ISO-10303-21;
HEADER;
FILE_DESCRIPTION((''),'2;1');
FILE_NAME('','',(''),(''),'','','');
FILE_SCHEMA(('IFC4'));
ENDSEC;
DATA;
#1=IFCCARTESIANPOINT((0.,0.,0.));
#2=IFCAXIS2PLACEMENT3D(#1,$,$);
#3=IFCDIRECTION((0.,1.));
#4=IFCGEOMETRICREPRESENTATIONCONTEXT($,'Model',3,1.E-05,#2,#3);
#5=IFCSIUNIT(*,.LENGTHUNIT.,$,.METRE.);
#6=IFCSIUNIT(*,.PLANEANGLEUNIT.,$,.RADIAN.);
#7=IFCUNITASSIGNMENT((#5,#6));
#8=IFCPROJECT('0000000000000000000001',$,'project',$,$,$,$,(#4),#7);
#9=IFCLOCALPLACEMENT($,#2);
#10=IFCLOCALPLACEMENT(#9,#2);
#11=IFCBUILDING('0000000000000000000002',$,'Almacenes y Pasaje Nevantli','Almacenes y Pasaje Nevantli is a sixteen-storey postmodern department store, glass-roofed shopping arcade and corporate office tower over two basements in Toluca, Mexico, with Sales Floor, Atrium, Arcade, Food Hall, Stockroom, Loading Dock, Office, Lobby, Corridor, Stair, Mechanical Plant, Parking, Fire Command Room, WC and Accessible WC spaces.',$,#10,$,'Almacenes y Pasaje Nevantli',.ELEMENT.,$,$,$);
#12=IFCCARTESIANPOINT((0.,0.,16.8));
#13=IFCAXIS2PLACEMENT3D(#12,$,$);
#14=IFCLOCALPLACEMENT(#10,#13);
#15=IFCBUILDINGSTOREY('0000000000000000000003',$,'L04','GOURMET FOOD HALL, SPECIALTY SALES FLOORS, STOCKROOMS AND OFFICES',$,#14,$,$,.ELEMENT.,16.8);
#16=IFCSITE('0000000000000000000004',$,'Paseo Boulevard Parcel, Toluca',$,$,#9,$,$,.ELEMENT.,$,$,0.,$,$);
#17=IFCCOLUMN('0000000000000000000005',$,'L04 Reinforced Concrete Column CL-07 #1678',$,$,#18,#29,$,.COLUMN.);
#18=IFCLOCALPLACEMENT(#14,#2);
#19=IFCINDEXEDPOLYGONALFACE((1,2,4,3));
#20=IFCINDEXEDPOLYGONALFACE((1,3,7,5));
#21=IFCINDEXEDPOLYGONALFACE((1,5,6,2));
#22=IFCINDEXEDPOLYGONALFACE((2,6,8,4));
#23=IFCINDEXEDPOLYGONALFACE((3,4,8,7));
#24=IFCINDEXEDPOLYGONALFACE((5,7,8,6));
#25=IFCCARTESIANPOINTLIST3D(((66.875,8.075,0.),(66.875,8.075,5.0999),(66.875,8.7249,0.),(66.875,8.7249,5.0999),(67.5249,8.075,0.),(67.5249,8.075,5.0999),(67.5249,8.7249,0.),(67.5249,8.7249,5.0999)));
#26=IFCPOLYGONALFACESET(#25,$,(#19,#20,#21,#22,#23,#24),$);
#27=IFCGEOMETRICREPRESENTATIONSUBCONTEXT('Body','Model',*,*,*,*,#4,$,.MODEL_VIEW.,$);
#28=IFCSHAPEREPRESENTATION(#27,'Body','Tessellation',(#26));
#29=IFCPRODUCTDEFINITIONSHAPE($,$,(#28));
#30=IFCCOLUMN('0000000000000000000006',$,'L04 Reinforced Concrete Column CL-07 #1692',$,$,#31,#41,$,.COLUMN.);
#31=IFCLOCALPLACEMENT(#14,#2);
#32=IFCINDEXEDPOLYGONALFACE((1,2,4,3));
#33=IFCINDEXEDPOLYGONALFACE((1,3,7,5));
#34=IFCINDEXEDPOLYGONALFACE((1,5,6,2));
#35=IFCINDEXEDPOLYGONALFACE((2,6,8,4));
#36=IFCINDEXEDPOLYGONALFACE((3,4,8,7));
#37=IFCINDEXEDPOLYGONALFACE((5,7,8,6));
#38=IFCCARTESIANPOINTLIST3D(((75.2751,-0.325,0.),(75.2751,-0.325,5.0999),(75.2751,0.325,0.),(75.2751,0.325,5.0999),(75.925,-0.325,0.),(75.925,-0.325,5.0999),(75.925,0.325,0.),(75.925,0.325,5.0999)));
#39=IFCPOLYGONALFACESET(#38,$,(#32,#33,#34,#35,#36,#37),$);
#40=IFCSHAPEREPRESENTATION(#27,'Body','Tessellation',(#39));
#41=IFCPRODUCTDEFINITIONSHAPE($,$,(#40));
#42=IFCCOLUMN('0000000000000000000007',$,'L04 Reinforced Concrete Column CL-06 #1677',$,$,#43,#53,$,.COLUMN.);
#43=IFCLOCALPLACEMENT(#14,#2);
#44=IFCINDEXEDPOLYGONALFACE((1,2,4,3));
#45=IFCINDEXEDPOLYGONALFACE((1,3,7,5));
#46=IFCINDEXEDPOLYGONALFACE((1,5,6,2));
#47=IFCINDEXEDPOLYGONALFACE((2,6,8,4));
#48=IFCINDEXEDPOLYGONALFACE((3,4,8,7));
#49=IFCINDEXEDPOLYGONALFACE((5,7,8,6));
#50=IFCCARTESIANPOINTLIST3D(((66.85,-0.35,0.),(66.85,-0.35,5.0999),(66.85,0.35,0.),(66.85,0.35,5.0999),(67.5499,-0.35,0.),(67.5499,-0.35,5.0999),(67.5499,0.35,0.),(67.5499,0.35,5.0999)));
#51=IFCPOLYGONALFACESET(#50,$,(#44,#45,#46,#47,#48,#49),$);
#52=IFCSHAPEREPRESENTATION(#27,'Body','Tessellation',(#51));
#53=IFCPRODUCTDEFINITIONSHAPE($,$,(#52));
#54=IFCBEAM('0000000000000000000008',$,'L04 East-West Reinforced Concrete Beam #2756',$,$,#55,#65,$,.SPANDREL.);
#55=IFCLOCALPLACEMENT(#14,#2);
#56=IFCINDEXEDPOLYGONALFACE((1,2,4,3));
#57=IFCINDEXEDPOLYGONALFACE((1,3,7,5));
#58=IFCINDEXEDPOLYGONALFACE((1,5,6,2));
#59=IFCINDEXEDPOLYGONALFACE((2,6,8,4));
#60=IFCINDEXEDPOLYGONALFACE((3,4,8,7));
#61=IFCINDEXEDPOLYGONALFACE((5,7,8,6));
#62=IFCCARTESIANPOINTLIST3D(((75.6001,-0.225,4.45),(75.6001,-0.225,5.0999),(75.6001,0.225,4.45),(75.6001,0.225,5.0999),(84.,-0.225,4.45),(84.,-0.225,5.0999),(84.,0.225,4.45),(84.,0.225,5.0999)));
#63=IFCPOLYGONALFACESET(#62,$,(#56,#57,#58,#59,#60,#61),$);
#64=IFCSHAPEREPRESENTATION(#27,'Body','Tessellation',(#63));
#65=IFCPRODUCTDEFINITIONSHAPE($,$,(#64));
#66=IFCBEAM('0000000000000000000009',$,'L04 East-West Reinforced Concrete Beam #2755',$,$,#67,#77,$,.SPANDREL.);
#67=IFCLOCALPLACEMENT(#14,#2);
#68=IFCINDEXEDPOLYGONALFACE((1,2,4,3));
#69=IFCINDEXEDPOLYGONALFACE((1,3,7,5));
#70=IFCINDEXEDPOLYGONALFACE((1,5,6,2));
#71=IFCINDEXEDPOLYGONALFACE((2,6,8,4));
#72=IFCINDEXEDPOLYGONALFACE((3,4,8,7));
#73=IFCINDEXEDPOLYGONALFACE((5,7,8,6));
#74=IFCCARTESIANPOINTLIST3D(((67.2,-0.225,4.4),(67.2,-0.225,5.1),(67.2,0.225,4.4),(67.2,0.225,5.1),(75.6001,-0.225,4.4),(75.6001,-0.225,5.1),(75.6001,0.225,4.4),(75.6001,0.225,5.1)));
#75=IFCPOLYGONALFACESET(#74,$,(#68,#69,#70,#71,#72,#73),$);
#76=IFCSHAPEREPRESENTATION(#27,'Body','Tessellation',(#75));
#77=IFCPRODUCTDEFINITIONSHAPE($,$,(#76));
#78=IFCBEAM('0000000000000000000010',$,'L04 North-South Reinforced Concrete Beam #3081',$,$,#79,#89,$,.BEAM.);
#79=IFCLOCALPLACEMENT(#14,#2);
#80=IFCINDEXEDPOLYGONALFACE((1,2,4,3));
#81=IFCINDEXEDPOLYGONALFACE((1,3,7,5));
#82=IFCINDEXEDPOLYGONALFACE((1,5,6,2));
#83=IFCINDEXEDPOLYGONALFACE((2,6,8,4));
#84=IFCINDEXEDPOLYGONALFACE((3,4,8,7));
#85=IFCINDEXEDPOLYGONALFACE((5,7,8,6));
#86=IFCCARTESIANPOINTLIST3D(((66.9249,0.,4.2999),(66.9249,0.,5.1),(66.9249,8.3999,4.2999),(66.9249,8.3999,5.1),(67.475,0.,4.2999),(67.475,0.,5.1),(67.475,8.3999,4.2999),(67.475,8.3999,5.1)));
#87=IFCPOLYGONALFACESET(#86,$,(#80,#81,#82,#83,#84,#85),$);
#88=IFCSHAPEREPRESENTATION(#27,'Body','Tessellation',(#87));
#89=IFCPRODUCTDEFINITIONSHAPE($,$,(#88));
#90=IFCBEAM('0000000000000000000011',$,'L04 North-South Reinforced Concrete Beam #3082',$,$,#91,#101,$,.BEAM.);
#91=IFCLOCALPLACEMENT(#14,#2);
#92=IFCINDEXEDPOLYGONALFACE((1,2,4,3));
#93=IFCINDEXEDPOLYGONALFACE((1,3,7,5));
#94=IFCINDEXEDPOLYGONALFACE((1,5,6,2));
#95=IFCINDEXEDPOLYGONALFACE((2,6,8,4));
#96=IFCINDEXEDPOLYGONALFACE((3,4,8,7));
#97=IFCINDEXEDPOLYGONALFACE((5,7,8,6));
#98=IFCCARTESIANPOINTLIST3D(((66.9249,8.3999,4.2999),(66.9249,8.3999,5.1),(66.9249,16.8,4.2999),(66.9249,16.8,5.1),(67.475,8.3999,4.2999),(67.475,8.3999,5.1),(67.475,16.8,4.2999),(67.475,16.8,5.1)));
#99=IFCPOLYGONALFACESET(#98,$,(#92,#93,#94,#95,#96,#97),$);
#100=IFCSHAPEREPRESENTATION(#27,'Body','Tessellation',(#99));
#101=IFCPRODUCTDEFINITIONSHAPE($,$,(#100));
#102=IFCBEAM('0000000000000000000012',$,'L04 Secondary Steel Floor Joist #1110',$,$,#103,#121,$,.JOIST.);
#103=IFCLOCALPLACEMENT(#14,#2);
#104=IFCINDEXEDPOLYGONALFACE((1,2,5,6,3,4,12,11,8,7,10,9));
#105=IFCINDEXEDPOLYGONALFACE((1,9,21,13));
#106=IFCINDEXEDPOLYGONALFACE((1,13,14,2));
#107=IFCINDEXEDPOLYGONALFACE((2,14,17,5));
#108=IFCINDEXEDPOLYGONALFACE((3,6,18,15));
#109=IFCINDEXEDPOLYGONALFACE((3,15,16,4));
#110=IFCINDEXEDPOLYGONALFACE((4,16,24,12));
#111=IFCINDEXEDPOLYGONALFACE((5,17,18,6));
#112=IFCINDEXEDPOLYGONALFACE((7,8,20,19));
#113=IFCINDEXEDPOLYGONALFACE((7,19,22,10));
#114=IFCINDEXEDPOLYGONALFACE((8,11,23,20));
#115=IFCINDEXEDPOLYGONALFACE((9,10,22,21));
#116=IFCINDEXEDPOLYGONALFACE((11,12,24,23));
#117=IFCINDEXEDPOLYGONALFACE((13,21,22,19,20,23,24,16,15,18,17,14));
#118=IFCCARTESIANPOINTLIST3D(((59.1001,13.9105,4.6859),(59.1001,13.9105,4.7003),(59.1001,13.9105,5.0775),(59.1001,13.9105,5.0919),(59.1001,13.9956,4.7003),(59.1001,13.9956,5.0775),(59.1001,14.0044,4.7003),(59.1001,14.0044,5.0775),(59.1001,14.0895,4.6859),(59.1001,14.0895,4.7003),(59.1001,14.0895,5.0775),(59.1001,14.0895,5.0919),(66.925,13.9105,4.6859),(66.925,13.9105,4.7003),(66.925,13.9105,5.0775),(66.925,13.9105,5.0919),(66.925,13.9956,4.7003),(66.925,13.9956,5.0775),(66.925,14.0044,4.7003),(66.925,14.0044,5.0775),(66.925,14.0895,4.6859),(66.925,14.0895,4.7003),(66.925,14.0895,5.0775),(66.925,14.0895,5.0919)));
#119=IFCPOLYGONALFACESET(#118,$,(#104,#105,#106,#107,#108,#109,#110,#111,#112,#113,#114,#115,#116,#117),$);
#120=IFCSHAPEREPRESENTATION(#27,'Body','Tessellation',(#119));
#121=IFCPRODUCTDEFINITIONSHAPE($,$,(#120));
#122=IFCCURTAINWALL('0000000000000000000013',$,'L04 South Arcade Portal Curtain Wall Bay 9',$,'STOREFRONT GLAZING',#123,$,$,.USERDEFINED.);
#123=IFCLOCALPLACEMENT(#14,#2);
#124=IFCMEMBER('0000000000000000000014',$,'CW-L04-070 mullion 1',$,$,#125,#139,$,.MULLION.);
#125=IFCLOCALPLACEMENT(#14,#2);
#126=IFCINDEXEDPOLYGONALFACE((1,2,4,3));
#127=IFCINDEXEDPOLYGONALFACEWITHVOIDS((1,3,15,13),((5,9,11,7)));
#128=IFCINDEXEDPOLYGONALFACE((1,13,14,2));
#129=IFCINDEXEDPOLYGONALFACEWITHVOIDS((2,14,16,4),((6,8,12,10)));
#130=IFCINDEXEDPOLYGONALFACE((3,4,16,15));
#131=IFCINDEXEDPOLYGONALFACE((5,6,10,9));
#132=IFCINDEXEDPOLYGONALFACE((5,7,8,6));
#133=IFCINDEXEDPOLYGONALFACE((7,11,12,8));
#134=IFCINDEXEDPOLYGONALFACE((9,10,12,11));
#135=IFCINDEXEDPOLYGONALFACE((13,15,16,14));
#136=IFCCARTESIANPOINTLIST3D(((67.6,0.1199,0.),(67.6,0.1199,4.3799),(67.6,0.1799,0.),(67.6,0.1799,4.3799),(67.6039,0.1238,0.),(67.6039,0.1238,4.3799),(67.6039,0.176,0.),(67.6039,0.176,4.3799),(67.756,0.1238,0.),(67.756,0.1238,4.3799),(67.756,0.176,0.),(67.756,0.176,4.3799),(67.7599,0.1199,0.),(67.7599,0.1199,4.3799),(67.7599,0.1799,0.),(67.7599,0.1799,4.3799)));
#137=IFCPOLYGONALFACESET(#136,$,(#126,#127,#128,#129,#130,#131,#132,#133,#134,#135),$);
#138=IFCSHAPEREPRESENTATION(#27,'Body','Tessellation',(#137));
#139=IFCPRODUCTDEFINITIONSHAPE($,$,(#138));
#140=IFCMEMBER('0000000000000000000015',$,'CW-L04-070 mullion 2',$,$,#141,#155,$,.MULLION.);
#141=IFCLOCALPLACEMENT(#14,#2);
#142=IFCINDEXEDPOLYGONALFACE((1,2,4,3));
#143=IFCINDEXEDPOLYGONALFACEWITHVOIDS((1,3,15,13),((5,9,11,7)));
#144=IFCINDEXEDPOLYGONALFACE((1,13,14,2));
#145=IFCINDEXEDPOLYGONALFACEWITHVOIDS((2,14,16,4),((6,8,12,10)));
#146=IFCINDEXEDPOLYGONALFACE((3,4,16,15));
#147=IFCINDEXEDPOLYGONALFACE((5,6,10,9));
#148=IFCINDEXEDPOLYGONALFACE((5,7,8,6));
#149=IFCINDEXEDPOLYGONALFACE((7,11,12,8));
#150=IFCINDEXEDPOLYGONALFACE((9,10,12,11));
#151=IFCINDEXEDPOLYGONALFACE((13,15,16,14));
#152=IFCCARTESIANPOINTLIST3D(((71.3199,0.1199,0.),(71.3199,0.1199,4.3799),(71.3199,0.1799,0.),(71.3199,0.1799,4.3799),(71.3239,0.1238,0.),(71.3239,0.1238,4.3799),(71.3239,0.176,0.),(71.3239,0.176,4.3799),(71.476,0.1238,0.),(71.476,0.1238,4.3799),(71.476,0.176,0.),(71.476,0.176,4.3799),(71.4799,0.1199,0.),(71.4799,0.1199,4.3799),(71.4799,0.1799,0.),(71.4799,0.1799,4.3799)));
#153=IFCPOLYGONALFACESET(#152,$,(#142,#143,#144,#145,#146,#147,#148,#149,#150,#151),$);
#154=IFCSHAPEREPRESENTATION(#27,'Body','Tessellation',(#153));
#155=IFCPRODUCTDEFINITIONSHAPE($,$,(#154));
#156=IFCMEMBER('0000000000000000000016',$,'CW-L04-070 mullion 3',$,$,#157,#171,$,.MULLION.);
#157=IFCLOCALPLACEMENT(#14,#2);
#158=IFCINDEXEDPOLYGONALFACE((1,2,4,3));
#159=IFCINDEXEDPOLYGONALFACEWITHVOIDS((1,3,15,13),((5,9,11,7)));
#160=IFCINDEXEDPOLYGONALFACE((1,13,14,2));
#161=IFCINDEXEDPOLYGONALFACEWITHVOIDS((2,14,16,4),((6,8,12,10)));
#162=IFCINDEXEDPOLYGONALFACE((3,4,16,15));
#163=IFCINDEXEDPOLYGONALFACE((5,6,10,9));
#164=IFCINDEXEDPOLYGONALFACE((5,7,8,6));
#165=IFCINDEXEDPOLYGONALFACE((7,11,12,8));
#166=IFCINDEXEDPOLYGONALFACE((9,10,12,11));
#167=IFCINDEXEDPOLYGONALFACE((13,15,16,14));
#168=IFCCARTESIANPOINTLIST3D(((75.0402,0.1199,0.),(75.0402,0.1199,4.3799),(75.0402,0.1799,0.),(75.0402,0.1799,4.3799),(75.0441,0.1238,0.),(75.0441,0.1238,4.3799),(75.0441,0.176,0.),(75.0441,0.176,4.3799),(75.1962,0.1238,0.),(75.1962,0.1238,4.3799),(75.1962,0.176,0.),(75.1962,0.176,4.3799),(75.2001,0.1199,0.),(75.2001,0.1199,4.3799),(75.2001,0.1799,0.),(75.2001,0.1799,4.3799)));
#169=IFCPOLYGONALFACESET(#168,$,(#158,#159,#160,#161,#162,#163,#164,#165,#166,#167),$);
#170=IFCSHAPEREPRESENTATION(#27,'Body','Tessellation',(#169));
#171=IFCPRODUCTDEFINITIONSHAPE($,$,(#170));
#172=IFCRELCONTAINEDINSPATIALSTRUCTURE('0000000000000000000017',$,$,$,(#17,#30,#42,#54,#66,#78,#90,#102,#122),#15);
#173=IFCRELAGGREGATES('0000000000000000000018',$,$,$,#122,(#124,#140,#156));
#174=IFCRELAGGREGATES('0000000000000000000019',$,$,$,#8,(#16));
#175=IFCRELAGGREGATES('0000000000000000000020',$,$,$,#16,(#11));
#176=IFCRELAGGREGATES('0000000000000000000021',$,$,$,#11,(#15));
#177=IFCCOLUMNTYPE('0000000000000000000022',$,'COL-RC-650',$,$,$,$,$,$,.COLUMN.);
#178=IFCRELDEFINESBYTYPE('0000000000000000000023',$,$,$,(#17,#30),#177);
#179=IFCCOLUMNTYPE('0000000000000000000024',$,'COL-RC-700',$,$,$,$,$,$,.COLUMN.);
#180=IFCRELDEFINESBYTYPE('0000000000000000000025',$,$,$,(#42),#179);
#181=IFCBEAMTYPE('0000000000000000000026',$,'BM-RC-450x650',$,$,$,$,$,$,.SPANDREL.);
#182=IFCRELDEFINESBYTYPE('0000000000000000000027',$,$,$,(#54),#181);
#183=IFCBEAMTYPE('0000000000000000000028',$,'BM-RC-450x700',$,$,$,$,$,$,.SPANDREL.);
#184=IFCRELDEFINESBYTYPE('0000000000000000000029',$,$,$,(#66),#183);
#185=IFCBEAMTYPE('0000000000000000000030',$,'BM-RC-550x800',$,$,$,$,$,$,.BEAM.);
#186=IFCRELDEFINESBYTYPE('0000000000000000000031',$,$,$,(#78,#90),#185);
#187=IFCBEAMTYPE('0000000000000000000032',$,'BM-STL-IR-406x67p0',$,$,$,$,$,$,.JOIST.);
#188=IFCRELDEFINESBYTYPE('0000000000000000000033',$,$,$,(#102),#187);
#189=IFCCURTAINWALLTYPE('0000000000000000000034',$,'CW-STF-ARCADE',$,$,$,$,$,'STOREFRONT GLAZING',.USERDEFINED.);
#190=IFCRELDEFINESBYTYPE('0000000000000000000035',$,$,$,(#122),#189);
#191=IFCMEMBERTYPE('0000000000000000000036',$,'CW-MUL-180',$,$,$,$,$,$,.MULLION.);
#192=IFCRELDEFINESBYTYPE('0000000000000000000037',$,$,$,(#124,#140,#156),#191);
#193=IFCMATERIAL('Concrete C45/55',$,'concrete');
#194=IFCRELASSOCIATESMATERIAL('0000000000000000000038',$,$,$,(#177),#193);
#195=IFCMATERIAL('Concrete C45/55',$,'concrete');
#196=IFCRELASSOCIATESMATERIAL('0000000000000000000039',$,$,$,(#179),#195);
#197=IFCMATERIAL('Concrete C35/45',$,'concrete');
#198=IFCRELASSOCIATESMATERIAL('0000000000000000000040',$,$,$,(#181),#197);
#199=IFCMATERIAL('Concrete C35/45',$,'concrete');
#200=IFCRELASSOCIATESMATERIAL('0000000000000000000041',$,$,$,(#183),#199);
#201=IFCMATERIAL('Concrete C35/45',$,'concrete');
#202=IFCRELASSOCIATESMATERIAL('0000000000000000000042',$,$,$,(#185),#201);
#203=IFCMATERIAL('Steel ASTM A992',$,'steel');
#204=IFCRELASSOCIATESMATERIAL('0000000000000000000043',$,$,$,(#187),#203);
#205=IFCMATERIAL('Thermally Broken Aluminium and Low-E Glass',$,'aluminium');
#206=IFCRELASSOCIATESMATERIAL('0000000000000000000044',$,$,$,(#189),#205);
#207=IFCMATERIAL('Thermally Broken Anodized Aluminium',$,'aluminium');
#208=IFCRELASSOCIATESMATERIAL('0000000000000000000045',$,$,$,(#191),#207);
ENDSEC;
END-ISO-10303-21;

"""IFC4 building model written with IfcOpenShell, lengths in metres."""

from ifc_helpers import new_model, si_unit, direction, frame, origin, origin_2d, place, context, subcontext, project, spatial, rectangle, hollow_rectangle, i_section, extrude, material, material_profile, profile_set, type_object, element, aggregate, save


model = new_model("IFC4")

# Units and contexts
model_context = context("Model", 3, precision=1e-05, world=origin(), true_north=direction((0.0, 1.0)))
body_context = subcontext(model_context, "Body", "Model", "MODEL_VIEW")
ifc_project = project(units=[si_unit("LENGTHUNIT", "METRE"), si_unit("PLANEANGLEUNIT", "RADIAN")], contexts=[model_context])

# Site, building, storey
site_placement = place(None, origin())
site = spatial("IfcSite", under=ifc_project, at=site_placement, Name="Paseo Boulevard Parcel, Toluca", CompositionType="ELEMENT", RefElevation=0.0)
building_placement = place(site_placement, origin())
building = spatial("IfcBuilding", under=site, at=building_placement, Name="Almacenes y Pasaje Nevantli", Description="Almacenes y Pasaje Nevantli is a sixteen-storey postmodern department store, glass-roofed shopping arcade and corporate office tower over two basements in Toluca, Mexico, with Sales Floor, Atrium, Arcade, Food Hall, Stockroom, Loading Dock, Office, Lobby, Corridor, Stair, Mechanical Plant, Parking, Fire Command Room, WC and Accessible WC spaces.", LongName="Almacenes y Pasaje Nevantli", CompositionType="ELEMENT")
storey_placement = place(building_placement, frame((0.0, 0.0, 16.8)))
storey = spatial("IfcBuildingStorey", under=building, at=storey_placement, Name="L04", Description="GOURMET FOOD HALL, SPECIALTY SALES FLOORS, STOCKROOMS AND OFFICES", CompositionType="ELEMENT", Elevation=16.8)

# Columns
ifc_material_1 = material(Name="Concrete C45/55", Category="concrete")
ifc_material_profile_1 = material_profile(ifc_material_1, rectangle(XDim=0.6499, YDim=0.6499, at=origin_2d()), Name="RC-COL-650x650")
ifc_profile_set_1 = profile_set([ifc_material_profile_1], Name="Concrete C45/55")
column_type_1 = type_object("IfcColumnType", Name="COL-RC-650", PredefinedType="COLUMN", material=ifc_profile_set_1)
for number, where, z_axis, x_axis, name in (
    (1, (67.2, 8.3999, 0.0), (0.0, 0.0, 1.0), (1.0, 0.0, 0.0), "L04 Reinforced Concrete Column CL-07 #1678"),
    (2, (75.6001, 0.0, 0.0), (0.0, 0.0, 1.0), (1.0, 0.0, 0.0), "L04 Reinforced Concrete Column CL-07 #1692"),
):
    element("IfcColumn", number, at=place(storey_placement, frame(where, z_axis=z_axis, x_axis=x_axis)), inside=storey, type_object=column_type_1, Name=name, PredefinedType="COLUMN", context=body_context, shape_type="SweptSolid", body=[
        extrude(rectangle(XDim=0.6499, YDim=0.6499, at=origin_2d()), origin(), (0.0, 0.0, 1.0), 5.0999),
    ])
ifc_material_2 = material(Name="Concrete C45/55", Category="concrete")
ifc_material_profile_2 = material_profile(ifc_material_2, rectangle(XDim=0.7, YDim=0.7, at=origin_2d()), Name="RC-COL-700x700")
ifc_profile_set_2 = profile_set([ifc_material_profile_2], Name="Concrete C45/55")
column_type_2 = type_object("IfcColumnType", Name="COL-RC-700", PredefinedType="COLUMN", material=ifc_profile_set_2)
column_placement = place(storey_placement, frame((67.2, 0.0, 0.0), z_axis=(0.0, 0.0, 1.0), x_axis=(1.0, 0.0, 0.0)))
element("IfcColumn", 3, at=column_placement, inside=storey, type_object=column_type_2, Name="L04 Reinforced Concrete Column CL-06 #1677", PredefinedType="COLUMN", context=body_context, shape_type="SweptSolid", body=[
    extrude(rectangle(XDim=0.7, YDim=0.7, at=origin_2d()), origin(), (0.0, 0.0, 1.0), 5.0999),
])

# Beams
ifc_material_3 = material(Name="Concrete C35/45", Category="concrete")
ifc_material_profile_3 = material_profile(ifc_material_3, rectangle(XDim=0.45, YDim=0.6499, at=origin_2d()), Name="RC-BM-450x650")
ifc_profile_set_3 = profile_set([ifc_material_profile_3], Name="Concrete C35/45")
beam_type_1 = type_object("IfcBeamType", Name="BM-RC-450x650", PredefinedType="SPANDREL", material=ifc_profile_set_3)
beam_1_placement = place(storey_placement, frame((75.6001, 0.0, 4.7749), z_axis=(1.0, 0.0, 0.0), x_axis=(0.0, 1.0, 0.0)))
element("IfcBeam", 4, at=beam_1_placement, inside=storey, type_object=beam_type_1, Name="L04 East-West Reinforced Concrete Beam #2756", PredefinedType="SPANDREL", context=body_context, shape_type="SweptSolid", body=[
    extrude(rectangle(XDim=0.45, YDim=0.6499, at=origin_2d()), origin(), (0.0, 0.0, 1.0), 8.3999),
])
ifc_material_4 = material(Name="Concrete C35/45", Category="concrete")
ifc_material_profile_4 = material_profile(ifc_material_4, rectangle(XDim=0.45, YDim=0.7, at=origin_2d()), Name="RC-BM-450x700")
ifc_profile_set_4 = profile_set([ifc_material_profile_4], Name="Concrete C35/45")
beam_type_2 = type_object("IfcBeamType", Name="BM-RC-450x700", PredefinedType="SPANDREL", material=ifc_profile_set_4)
beam_2_placement = place(storey_placement, frame((67.2, 0.0, 4.75), z_axis=(1.0, 0.0, 0.0), x_axis=(0.0, 1.0, 0.0)))
element("IfcBeam", 5, at=beam_2_placement, inside=storey, type_object=beam_type_2, Name="L04 East-West Reinforced Concrete Beam #2755", PredefinedType="SPANDREL", context=body_context, shape_type="SweptSolid", body=[
    extrude(rectangle(XDim=0.45, YDim=0.7, at=origin_2d()), origin(), (0.0, 0.0, 1.0), 8.4001),
])
ifc_material_5 = material(Name="Concrete C35/45", Category="concrete")
ifc_material_profile_5 = material_profile(ifc_material_5, rectangle(XDim=0.55, YDim=0.8, at=origin_2d()), Name="RC-BM-550x800")
ifc_profile_set_5 = profile_set([ifc_material_profile_5], Name="Concrete C35/45")
beam_type_3 = type_object("IfcBeamType", Name="BM-RC-550x800", PredefinedType="BEAM", material=ifc_profile_set_5)
beam_3_placement = place(storey_placement, frame((67.2, 0.0, 4.7), z_axis=(0.0, 1.0, 0.0), x_axis=(-1.0, 0.0, 0.0)))
element("IfcBeam", 6, at=beam_3_placement, inside=storey, type_object=beam_type_3, Name="L04 North-South Reinforced Concrete Beam #3081", PredefinedType="BEAM", context=body_context, shape_type="SweptSolid", body=[
    extrude(rectangle(XDim=0.55, YDim=0.8, at=origin_2d()), origin(), (0.0, 0.0, 1.0), 8.3999),
])
beam_4_placement = place(storey_placement, frame((67.2, 8.3999, 4.7), z_axis=(0.0, 1.0, 0.0), x_axis=(-1.0, 0.0, 0.0)))
element("IfcBeam", 7, at=beam_4_placement, inside=storey, type_object=beam_type_3, Name="L04 North-South Reinforced Concrete Beam #3082", PredefinedType="BEAM", context=body_context, shape_type="SweptSolid", body=[
    extrude(rectangle(XDim=0.55, YDim=0.8, at=origin_2d()), origin(), (0.0, 0.0, 1.0), 8.4001),
])
ifc_material_6 = material(Name="Steel ASTM A992", Category="steel")
ifc_material_profile_6 = material_profile(ifc_material_6, i_section(OverallWidth=0.179, OverallDepth=0.406, WebThickness=0.0088, FlangeThickness=0.0144, at=origin_2d()), Name="IR 406x67.0")
ifc_profile_set_6 = profile_set([ifc_material_profile_6], Name="Steel ASTM A992")
beam_type_4 = type_object("IfcBeamType", Name="BM-STL-IR-406x67p0", PredefinedType="JOIST", material=ifc_profile_set_6)
beam_5_placement = place(storey_placement, frame((59.1001, 14.0, 4.8889), z_axis=(1.0, 0.0, 0.0), x_axis=(0.0, 1.0, 0.0)))
element("IfcBeam", 8, at=beam_5_placement, inside=storey, type_object=beam_type_4, Name="L04 Secondary Steel Floor Joist #1110", PredefinedType="JOIST", context=body_context, shape_type="SweptSolid", body=[
    extrude(i_section(OverallWidth=0.179, OverallDepth=0.406, WebThickness=0.0088, FlangeThickness=0.0144, at=origin_2d()), origin(), (0.0, 0.0, 1.0), 7.825),
])

# Curtain wall, members
ifc_material_7 = material(Name="Thermally Broken Aluminium and Low-E Glass", Category="aluminium")
curtain_wall_type = type_object("IfcCurtainWallType", Name="CW-STF-ARCADE", ElementType="STOREFRONT GLAZING", PredefinedType="USERDEFINED", material=ifc_material_7)
curtain_wall_1_placement = place(storey_placement, origin())
curtain_wall_1 = element("IfcCurtainWall", 9, at=curtain_wall_1_placement, inside=storey, type_object=curtain_wall_type, Name="L04 South Arcade Portal Curtain Wall Bay 9", ObjectType="STOREFRONT GLAZING", PredefinedType="USERDEFINED")
ifc_material_8 = material(Name="Thermally Broken Anodized Aluminium", Category="aluminium")
ifc_material_profile_7 = material_profile(ifc_material_8, hollow_rectangle(XDim=0.0601, YDim=0.1599, WallThickness=0.0039, at=origin_2d()), Name="ALU-MUL-60x160")
ifc_profile_set_7 = profile_set([ifc_material_profile_7], Name="Thermally Broken Anodized Aluminium")
member_type_1 = type_object("IfcMemberType", Name="CW-MUL-180", PredefinedType="MULLION", material=ifc_profile_set_7)
member_1_placement = place(storey_placement, frame((67.6799, 0.1499, 0.0), z_axis=(0.0, 0.0, 1.0), x_axis=(0.0, 1.0, 0.0)))
member_1 = element("IfcMember", 10, at=member_1_placement, type_object=member_type_1, Name="CW-L04-070 mullion 1", PredefinedType="MULLION", context=body_context, shape_type="SweptSolid", body=[
    extrude(hollow_rectangle(XDim=0.0601, YDim=0.1599, WallThickness=0.0039, at=origin_2d()), origin(), (0.0, 0.0, 1.0), 4.3799),
])
member_2_placement = place(storey_placement, frame((71.3999, 0.1499, 0.0), z_axis=(0.0, 0.0, 1.0), x_axis=(0.0, 1.0, 0.0)))
member_2 = element("IfcMember", 11, at=member_2_placement, type_object=member_type_1, Name="CW-L04-070 mullion 2", PredefinedType="MULLION", context=body_context, shape_type="SweptSolid", body=[
    extrude(hollow_rectangle(XDim=0.0601, YDim=0.1599, WallThickness=0.0039, at=origin_2d()), origin(), (0.0, 0.0, 1.0), 4.3799),
])
member_3_placement = place(storey_placement, frame((75.1201, 0.1499, 0.0), z_axis=(0.0, 0.0, 1.0), x_axis=(0.0, 1.0, 0.0)))
member_3 = element("IfcMember", 12, at=member_3_placement, type_object=member_type_1, Name="CW-L04-070 mullion 3", PredefinedType="MULLION", context=body_context, shape_type="SweptSolid", body=[
    extrude(hollow_rectangle(XDim=0.0601, YDim=0.1599, WallThickness=0.0039, at=origin_2d()), origin(), (0.0, 0.0, 1.0), 4.3799),
])

aggregate(curtain_wall_1, [member_1, member_2, member_3])

save(model, "model.ifc")
